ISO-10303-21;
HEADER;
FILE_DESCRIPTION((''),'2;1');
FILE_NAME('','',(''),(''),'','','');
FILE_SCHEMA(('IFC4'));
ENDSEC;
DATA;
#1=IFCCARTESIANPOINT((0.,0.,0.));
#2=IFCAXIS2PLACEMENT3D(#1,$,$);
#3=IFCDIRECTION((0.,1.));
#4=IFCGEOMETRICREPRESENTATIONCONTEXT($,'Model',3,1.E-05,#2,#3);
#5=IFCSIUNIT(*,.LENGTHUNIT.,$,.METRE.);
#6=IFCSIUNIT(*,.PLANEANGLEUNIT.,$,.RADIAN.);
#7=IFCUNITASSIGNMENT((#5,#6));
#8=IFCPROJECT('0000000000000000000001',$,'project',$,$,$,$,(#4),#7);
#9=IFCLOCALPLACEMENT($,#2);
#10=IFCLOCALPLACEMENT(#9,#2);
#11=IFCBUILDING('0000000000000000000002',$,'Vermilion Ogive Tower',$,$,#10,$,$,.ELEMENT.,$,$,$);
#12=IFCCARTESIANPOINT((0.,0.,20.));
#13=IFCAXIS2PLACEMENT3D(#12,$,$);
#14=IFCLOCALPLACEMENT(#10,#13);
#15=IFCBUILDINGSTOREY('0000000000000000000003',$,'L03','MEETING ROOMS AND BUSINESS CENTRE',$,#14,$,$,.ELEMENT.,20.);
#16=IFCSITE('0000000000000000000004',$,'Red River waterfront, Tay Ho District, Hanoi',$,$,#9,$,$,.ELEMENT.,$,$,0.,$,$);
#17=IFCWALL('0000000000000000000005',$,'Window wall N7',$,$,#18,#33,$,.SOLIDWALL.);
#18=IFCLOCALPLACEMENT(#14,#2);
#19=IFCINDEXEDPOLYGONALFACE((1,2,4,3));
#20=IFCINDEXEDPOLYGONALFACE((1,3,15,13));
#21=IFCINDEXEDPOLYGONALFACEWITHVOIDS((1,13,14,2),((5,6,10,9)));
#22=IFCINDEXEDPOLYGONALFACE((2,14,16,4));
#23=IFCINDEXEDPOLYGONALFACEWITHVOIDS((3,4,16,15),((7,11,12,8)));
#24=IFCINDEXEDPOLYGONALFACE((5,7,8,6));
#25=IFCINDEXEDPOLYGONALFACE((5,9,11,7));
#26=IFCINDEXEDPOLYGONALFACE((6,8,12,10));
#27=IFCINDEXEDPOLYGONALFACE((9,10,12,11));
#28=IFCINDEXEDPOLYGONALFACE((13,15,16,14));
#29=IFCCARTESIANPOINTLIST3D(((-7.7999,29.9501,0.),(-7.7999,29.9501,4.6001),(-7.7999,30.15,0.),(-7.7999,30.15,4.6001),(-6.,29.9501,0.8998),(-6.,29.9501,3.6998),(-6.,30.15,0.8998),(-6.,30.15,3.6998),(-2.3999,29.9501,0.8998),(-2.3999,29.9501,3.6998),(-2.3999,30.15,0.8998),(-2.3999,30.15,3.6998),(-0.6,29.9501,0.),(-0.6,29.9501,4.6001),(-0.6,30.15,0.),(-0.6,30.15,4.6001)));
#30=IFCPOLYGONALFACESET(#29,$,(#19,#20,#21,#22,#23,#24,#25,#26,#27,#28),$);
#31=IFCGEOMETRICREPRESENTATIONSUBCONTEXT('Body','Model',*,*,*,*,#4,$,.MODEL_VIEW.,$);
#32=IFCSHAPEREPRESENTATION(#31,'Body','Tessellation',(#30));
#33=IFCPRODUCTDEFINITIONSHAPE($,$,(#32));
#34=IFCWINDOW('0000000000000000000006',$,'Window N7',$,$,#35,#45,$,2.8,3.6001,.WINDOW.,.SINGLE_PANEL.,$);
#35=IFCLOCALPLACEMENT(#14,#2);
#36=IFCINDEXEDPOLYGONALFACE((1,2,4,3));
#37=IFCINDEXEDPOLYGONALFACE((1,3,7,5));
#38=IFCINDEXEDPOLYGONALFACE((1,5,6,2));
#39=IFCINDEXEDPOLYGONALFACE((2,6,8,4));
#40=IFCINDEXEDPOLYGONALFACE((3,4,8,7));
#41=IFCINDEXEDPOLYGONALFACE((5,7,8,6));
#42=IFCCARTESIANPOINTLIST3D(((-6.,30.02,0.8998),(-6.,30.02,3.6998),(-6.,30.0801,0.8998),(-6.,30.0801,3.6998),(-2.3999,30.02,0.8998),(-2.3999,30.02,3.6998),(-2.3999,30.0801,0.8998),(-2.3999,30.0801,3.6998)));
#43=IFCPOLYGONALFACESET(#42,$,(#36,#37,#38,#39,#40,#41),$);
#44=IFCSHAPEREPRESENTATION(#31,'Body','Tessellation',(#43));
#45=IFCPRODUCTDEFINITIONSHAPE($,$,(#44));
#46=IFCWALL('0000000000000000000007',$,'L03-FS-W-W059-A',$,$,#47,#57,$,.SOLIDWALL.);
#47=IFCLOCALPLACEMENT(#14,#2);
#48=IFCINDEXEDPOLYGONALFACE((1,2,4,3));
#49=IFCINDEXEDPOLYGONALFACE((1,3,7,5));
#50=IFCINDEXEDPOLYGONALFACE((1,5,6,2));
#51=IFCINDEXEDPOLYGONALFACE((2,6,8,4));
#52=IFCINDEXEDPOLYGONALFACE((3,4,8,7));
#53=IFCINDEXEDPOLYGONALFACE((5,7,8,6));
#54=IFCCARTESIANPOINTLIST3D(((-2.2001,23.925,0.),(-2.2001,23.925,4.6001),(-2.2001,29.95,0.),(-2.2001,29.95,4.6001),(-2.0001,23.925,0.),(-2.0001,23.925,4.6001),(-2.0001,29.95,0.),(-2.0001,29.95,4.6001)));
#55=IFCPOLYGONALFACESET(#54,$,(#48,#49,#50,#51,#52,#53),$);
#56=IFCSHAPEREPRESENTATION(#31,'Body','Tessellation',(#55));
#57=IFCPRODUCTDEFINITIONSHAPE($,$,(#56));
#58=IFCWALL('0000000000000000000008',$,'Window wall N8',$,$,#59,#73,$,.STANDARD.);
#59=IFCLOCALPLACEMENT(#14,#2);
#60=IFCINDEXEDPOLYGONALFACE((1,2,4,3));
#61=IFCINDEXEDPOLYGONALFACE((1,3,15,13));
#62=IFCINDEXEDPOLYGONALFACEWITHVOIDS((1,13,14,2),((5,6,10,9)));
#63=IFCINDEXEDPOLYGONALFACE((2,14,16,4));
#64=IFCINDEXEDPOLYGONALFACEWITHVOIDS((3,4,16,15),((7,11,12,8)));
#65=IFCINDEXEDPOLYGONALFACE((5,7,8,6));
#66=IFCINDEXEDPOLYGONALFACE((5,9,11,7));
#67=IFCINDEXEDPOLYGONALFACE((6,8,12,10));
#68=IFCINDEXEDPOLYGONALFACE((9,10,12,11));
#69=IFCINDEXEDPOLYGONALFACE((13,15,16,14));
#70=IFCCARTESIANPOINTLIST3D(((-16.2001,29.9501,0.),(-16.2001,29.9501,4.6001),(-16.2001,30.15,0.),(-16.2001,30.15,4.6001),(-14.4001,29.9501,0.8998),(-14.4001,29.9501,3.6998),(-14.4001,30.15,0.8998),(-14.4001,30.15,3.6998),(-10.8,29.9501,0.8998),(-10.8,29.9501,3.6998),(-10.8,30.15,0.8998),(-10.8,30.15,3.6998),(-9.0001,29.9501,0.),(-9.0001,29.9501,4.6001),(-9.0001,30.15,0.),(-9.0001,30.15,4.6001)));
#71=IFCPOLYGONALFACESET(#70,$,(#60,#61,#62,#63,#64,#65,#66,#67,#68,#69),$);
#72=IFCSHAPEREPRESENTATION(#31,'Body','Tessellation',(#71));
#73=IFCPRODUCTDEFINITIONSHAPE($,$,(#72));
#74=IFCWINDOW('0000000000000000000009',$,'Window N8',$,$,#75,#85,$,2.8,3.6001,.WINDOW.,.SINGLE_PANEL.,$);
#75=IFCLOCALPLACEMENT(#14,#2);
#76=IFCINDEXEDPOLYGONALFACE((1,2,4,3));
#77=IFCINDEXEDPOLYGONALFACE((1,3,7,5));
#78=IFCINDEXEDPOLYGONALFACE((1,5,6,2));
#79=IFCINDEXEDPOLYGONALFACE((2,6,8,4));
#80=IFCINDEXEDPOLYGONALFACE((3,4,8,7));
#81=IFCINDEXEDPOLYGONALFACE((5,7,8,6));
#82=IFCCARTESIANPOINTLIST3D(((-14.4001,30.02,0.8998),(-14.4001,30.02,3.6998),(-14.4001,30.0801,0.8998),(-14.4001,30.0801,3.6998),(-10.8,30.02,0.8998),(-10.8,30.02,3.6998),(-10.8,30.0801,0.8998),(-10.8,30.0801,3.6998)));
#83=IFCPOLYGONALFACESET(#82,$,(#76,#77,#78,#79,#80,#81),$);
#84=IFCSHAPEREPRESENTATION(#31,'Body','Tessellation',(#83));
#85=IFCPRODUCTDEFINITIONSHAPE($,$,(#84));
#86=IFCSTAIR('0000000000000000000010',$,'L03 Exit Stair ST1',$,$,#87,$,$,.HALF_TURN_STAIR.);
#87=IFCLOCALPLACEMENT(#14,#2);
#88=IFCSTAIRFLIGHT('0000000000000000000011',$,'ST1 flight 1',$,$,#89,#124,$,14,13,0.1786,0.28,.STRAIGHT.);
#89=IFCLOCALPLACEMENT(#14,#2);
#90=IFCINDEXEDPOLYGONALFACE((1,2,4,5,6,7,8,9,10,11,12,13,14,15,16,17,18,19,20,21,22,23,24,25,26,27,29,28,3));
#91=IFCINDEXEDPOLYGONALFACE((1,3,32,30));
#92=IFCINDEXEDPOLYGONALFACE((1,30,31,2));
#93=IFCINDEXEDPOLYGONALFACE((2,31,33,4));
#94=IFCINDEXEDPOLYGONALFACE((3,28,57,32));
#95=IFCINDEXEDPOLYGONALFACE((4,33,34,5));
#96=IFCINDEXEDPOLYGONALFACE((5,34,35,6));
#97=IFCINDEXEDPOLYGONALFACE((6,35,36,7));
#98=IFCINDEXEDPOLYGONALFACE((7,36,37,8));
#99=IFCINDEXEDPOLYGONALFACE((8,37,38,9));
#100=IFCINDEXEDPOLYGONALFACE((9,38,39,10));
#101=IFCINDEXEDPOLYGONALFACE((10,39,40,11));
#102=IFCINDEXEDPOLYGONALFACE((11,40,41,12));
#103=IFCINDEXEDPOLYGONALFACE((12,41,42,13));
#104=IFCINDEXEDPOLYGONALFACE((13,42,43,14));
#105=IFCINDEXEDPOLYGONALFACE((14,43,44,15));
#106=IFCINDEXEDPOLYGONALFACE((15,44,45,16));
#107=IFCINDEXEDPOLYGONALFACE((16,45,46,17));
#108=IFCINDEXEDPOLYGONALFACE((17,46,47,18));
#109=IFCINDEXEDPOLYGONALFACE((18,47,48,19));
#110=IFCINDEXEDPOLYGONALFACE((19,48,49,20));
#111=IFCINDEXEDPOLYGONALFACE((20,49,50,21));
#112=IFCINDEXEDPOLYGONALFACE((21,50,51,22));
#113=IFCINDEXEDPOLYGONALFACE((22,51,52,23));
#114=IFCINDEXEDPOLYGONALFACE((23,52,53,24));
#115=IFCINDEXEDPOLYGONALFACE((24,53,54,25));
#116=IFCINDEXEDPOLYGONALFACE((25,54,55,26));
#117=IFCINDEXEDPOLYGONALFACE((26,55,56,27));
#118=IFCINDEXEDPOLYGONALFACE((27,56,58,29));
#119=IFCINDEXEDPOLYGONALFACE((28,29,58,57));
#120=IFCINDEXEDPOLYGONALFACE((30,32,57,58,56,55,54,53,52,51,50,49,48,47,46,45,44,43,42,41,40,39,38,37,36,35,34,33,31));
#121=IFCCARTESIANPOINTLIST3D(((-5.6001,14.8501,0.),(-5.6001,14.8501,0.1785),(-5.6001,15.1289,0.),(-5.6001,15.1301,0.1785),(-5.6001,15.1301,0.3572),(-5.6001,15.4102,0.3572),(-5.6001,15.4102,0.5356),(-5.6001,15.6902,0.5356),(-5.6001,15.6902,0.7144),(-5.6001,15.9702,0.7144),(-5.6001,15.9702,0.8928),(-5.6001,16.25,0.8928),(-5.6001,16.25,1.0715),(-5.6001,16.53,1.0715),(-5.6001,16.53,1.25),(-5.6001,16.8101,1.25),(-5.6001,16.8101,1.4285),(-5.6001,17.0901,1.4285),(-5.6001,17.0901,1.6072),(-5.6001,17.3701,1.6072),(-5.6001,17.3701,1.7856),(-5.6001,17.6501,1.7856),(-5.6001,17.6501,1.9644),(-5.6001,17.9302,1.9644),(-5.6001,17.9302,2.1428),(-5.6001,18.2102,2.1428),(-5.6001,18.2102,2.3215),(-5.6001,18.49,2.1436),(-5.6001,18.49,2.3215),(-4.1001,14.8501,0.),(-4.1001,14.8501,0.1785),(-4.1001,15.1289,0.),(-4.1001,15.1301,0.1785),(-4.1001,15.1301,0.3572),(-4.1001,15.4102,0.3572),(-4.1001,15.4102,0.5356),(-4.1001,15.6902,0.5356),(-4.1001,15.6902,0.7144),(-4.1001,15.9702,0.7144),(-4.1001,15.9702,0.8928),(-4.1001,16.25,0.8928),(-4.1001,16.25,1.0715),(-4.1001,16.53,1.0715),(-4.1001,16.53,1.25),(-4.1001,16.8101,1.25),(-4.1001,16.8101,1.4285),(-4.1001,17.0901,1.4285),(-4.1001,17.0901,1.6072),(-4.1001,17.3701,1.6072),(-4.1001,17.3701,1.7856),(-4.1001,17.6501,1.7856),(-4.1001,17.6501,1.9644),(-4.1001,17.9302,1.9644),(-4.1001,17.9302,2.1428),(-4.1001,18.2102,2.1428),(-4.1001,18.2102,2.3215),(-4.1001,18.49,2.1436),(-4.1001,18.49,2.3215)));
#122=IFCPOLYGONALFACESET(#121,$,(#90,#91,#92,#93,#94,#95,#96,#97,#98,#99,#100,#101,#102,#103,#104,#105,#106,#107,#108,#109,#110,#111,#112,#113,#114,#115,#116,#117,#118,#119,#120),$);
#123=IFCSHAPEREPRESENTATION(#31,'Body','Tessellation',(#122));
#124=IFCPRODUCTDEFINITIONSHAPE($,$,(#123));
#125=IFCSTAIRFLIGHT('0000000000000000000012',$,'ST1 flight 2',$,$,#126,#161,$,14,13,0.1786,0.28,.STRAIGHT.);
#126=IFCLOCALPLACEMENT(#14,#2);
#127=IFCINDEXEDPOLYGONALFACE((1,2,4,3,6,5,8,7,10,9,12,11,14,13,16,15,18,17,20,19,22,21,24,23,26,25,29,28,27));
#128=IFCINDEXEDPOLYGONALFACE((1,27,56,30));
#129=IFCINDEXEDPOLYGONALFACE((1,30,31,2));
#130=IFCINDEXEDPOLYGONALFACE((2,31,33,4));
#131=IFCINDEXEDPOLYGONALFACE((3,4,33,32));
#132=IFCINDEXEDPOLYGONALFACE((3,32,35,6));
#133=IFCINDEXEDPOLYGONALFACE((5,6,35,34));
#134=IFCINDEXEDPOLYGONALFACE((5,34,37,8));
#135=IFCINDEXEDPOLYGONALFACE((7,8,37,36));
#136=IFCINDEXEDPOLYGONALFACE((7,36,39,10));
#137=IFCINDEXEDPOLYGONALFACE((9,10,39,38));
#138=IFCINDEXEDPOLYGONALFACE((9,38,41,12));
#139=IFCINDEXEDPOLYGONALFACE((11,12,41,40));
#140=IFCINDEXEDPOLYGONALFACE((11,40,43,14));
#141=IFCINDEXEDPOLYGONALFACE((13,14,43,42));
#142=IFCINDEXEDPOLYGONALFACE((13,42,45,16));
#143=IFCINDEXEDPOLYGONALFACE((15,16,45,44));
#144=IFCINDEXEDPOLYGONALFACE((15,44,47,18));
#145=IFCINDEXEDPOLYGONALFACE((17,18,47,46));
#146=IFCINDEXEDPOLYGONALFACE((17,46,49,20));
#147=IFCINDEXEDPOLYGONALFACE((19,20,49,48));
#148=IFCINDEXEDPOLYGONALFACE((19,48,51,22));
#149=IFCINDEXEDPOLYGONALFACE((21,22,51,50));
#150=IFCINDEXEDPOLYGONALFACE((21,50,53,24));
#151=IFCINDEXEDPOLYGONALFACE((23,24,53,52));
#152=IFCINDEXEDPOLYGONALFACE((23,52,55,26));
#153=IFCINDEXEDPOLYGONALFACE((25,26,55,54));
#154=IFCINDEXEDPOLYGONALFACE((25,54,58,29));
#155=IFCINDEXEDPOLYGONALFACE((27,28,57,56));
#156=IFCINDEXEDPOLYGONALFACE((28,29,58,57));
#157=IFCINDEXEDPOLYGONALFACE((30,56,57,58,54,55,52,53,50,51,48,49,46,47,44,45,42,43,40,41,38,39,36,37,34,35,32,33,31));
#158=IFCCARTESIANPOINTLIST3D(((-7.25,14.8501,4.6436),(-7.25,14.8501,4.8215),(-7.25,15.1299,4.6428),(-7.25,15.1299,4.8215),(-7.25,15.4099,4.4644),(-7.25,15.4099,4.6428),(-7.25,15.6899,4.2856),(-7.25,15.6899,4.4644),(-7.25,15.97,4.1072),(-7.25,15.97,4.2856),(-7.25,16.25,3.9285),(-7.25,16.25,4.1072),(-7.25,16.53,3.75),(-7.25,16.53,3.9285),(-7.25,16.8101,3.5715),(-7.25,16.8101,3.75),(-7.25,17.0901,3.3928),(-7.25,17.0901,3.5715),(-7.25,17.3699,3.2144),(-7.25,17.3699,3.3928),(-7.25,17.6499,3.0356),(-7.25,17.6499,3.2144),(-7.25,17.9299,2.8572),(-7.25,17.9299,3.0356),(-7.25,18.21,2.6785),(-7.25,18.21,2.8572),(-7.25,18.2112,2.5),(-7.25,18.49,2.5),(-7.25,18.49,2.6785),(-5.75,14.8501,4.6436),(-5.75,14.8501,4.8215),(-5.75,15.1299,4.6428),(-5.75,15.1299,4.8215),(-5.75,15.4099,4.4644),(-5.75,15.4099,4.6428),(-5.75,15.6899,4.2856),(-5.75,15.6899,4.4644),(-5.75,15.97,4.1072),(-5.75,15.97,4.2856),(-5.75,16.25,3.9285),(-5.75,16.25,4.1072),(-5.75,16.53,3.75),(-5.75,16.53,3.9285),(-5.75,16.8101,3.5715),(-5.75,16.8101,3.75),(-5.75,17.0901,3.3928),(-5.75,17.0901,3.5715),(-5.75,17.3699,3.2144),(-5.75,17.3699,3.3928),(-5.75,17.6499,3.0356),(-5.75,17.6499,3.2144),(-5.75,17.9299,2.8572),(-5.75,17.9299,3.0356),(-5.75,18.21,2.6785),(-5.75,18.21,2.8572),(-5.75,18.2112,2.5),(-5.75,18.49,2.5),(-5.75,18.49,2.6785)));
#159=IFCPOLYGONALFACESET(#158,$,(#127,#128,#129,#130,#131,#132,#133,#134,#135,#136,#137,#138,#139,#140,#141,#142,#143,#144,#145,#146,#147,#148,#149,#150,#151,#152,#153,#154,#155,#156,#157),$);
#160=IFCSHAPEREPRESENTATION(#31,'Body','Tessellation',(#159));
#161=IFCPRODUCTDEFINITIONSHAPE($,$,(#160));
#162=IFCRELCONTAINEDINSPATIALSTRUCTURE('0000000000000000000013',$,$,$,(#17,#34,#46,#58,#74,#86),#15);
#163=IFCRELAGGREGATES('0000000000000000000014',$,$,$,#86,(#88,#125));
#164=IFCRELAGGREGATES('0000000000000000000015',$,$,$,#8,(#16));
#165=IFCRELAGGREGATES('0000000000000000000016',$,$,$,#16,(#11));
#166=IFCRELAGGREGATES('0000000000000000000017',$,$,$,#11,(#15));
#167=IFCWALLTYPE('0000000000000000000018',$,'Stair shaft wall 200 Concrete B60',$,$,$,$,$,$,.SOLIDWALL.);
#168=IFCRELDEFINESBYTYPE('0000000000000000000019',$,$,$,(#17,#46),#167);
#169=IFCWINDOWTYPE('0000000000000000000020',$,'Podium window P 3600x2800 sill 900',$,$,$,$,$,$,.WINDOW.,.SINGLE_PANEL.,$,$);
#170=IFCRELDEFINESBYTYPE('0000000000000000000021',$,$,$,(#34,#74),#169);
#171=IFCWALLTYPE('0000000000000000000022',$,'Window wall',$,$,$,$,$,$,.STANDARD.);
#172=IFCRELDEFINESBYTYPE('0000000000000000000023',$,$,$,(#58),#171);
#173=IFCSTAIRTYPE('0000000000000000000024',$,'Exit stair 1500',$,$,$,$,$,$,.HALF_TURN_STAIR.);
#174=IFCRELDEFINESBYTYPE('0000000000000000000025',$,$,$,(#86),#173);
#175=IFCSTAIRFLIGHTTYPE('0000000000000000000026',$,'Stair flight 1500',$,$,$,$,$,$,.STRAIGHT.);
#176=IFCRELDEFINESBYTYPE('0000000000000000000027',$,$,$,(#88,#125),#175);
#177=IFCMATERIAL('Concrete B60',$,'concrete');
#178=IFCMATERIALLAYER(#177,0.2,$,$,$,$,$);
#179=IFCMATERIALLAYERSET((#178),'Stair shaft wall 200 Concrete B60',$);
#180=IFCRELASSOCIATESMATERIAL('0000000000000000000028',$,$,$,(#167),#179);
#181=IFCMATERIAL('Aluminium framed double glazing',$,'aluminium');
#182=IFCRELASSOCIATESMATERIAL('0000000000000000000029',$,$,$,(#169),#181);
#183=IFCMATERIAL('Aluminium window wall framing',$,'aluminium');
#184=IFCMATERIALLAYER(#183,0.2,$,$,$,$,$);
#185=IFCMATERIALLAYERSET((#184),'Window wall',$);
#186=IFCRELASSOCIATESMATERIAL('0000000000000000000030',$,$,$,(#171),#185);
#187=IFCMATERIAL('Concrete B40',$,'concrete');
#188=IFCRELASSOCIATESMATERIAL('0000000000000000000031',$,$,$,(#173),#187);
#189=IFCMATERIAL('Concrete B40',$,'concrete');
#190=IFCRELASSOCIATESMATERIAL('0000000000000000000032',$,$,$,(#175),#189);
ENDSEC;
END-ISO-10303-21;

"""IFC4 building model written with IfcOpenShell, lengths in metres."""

from ifc_helpers import new_model, si_unit, direction, frame, frame_2d, origin, place, context, subcontext, project, spatial, polyline, rectangle, outline, extrude, material, layer, layer_set, type_object, element, fill, aggregate, save


model = new_model("IFC4")

# Units and contexts
model_context = context("Model", 3, precision=1e-05, world=origin(), true_north=direction((0.0, 1.0)))
body_context = subcontext(model_context, "Body", "Model", "MODEL_VIEW")
ifc_project = project(units=[si_unit("LENGTHUNIT", "METRE"), si_unit("PLANEANGLEUNIT", "RADIAN")], contexts=[model_context])

# Site, building, storey
site_placement = place(None, origin())
site = spatial("IfcSite", under=ifc_project, at=site_placement, Name="Red River waterfront, Tay Ho District, Hanoi", CompositionType="ELEMENT", RefElevation=0.0)
building_placement = place(site_placement, origin())
building = spatial("IfcBuilding", under=site, at=building_placement, Name="Vermilion Ogive Tower", CompositionType="ELEMENT")
storey_placement = place(building_placement, frame((0.0, 0.0, 20.0)))
storey = spatial("IfcBuildingStorey", under=building, at=storey_placement, Name="L03", Description="MEETING ROOMS AND BUSINESS CENTRE", CompositionType="ELEMENT", Elevation=20.0)

# Shared definitions
ifc_material_1 = material(Name="Concrete B60", Category="concrete")
ifc_layer_1 = layer(ifc_material_1, 0.2)
ifc_layer_set_1 = layer_set([ifc_layer_1], Name="Stair shaft wall 200 Concrete B60")
wall_type_1 = type_object("IfcWallType", Name="Stair shaft wall 200 Concrete B60", PredefinedType="SOLIDWALL", material=ifc_layer_set_1)

# Wall, opening, window
wall_1_placement = place(storey_placement, frame((-7.8, 30.05, 0.0), z_axis=(0.0, 0.0, 1.0), x_axis=(1.0, 0.0, 0.0)))
wall_1 = element("IfcWall", 1, at=wall_1_placement, inside=storey, type_object=wall_type_1, Name="Window wall N7", PredefinedType="SOLIDWALL", context=body_context, shape_type="SweptSolid", body=[
    extrude(rectangle(XDim=7.2, YDim=0.2, at=frame_2d((3.6001, 0.0))), origin(), (0.0, 0.0, 1.0), 4.6001),
])
opening_1_placement = place(wall_1_placement, frame((1.8, 0.0, 0.8999)))
opening_1 = element("IfcOpeningElement", 2, at=opening_1_placement, cuts=wall_1, PredefinedType="OPENING", context=body_context, shape_type="SweptSolid", body=[
    extrude(rectangle(XDim=3.6001, YDim=2.8, at=frame_2d((1.8, 1.3999))), frame((0.0, 0.1099, 0.0), z_axis=(0.0, -1.0, 0.0), x_axis=(1.0, 0.0, 0.0)), (0.0, 0.0, 1.0), 0.22),
])
ifc_material_2 = material(Name="Aluminium framed double glazing", Category="aluminium")
window_type = type_object("IfcWindowType", Name="Podium window P 3600x2800 sill 900", PartitioningType="SINGLE_PANEL", PredefinedType="WINDOW", material=ifc_material_2)
window_1_placement = place(opening_1_placement, origin())
window_1 = element("IfcWindow", 3, at=window_1_placement, inside=storey, type_object=window_type, Name="Window N7", OverallHeight=2.8, OverallWidth=3.6001, PartitioningType="SINGLE_PANEL", PredefinedType="WINDOW", context=body_context, shape_type="SweptSolid", body=[
    extrude(rectangle(XDim=3.6001, YDim=2.8, at=frame_2d((1.8, 1.3999))), frame((0.0, 0.03, 0.0), z_axis=(0.0, -1.0, 0.0), x_axis=(1.0, 0.0, 0.0)), (0.0, 0.0, 1.0), 0.0601),
])
fill(opening_1, window_1)

# Wall
wall_2_placement = place(storey_placement, frame((-2.1001, 23.925, 0.0), z_axis=(0.0, 0.0, 1.0), x_axis=(0.0, 1.0, 0.0)))
element("IfcWall", 4, at=wall_2_placement, inside=storey, type_object=wall_type_1, Name="L03-FS-W-W059-A", PredefinedType="SOLIDWALL", context=body_context, shape_type="SweptSolid", body=[
    extrude(rectangle(XDim=6.0249, YDim=0.2, at=frame_2d((3.0125, 0.0))), origin(), (0.0, 0.0, 1.0), 4.6001),
])

# Wall, opening, window
ifc_material_3 = material(Name="Aluminium window wall framing", Category="aluminium")
ifc_layer_2 = layer(ifc_material_3, 0.2)
ifc_layer_set_2 = layer_set([ifc_layer_2], Name="Window wall")
wall_type_2 = type_object("IfcWallType", Name="Window wall", PredefinedType="STANDARD", material=ifc_layer_set_2)
wall_3_placement = place(storey_placement, frame((-9.0, 30.05, 0.0), z_axis=(0.0, 0.0, 1.0), x_axis=(-1.0, 0.0, 0.0)))
wall_3 = element("IfcWall", 5, at=wall_3_placement, inside=storey, type_object=wall_type_2, Name="Window wall N8", PredefinedType="STANDARD", context=body_context, shape_type="SweptSolid", body=[
    extrude(rectangle(XDim=7.2, YDim=0.2, at=frame_2d((3.6001, 0.0))), origin(), (0.0, 0.0, 1.0), 4.6001),
])
opening_2_placement = place(wall_3_placement, frame((1.8, 0.0, 0.8999)))
opening_2 = element("IfcOpeningElement", 6, at=opening_2_placement, cuts=wall_3, PredefinedType="OPENING", context=body_context, shape_type="SweptSolid", body=[
    extrude(rectangle(XDim=3.6001, YDim=2.8, at=frame_2d((1.8, 1.3999))), frame((0.0, 0.1099, 0.0), z_axis=(0.0, -1.0, 0.0), x_axis=(1.0, 0.0, 0.0)), (0.0, 0.0, 1.0), 0.22),
])
window_2_placement = place(opening_2_placement, origin())
window_2 = element("IfcWindow", 7, at=window_2_placement, inside=storey, type_object=window_type, Name="Window N8", OverallHeight=2.8, OverallWidth=3.6001, PartitioningType="SINGLE_PANEL", PredefinedType="WINDOW", context=body_context, shape_type="SweptSolid", body=[
    extrude(rectangle(XDim=3.6001, YDim=2.8, at=frame_2d((1.8, 1.3999))), frame((0.0, 0.03, 0.0), z_axis=(0.0, -1.0, 0.0), x_axis=(1.0, 0.0, 0.0)), (0.0, 0.0, 1.0), 0.0601),
])
fill(opening_2, window_2)

# Stair, stair flights
ifc_material_4 = material(Name="Concrete B40", Category="concrete")
stair_type = type_object("IfcStairType", Name="Exit stair 1500", PredefinedType="HALF_TURN_STAIR", material=ifc_material_4)
stair_placement = place(storey_placement, origin())
stair = element("IfcStair", 8, at=stair_placement, inside=storey, type_object=stair_type, Name="L03 Exit Stair ST1", PredefinedType="HALF_TURN_STAIR")
ifc_material_5 = material(Name="Concrete B40", Category="concrete")
stair_flight_type = type_object("IfcStairFlightType", Name="Stair flight 1500", PredefinedType="STRAIGHT", material=ifc_material_5)
stair_flight_1_placement = place(storey_placement, frame((-4.8501, 14.8501, 0.0), z_axis=(0.0, 0.0, 1.0), x_axis=(0.0, 1.0, 0.0)))
stair_flight_1 = element("IfcStairFlight", 9, at=stair_flight_1_placement, type_object=stair_flight_type, Name="ST1 flight 1", NumberOfRisers=14, NumberOfTreads=13, PredefinedType="STRAIGHT", RiserHeight=0.1786, TreadLength=0.28, context=body_context, shape_type="SweptSolid", body=[
    extrude(outline(polyline([(0.0, 0.0), (0.0, 0.1785), (0.28, 0.1785), (0.28, 0.3572), (0.5601, 0.3572), (0.5601, 0.5356), (0.8401, 0.5356), (0.8401, 0.7144), (1.1201, 0.7144), (1.1201, 0.8928), (1.3999, 0.8928), (1.3999, 1.0715), (1.6799, 1.0715), (1.6799, 1.25), (1.96, 1.25), (1.96, 1.4285), (2.24, 1.4285), (2.24, 1.6072), (2.52, 1.6072), (2.52, 1.7856), (2.8, 1.7856), (2.8, 1.9644), (3.0801, 1.9644), (3.0801, 2.1428), (3.3601, 2.1428), (3.3601, 2.3215), (3.6399, 2.3215), (3.6399, 2.5), (3.6399, 2.1436), (0.2788, 0.0), (0.0, 0.0)])), frame((0.0, 0.75, 0.0), z_axis=(0.0, -1.0, 0.0), x_axis=(1.0, 0.0, 0.0)), (0.0, 0.0, 1.0), 1.5),
])
stair_flight_2_placement = place(storey_placement, frame((-6.5, 18.49, 2.5), z_axis=(0.0, 0.0, 1.0), x_axis=(0.0, -1.0, 0.0)))
stair_flight_2 = element("IfcStairFlight", 10, at=stair_flight_2_placement, type_object=stair_flight_type, Name="ST1 flight 2", NumberOfRisers=14, NumberOfTreads=13, PredefinedType="STRAIGHT", RiserHeight=0.1786, TreadLength=0.28, context=body_context, shape_type="SweptSolid", body=[
    extrude(outline(polyline([(0.0, 0.0), (0.0, 0.1785), (0.28, 0.1785), (0.28, 0.3572), (0.5601, 0.3572), (0.5601, 0.5356), (0.8401, 0.5356), (0.8401, 0.7144), (1.1201, 0.7144), (1.1201, 0.8928), (1.3999, 0.8928), (1.3999, 1.0715), (1.6799, 1.0715), (1.6799, 1.25), (1.96, 1.25), (1.96, 1.4285), (2.24, 1.4285), (2.24, 1.6072), (2.52, 1.6072), (2.52, 1.7856), (2.8, 1.7856), (2.8, 1.9644), (3.0801, 1.9644), (3.0801, 2.1428), (3.3601, 2.1428), (3.3601, 2.3215), (3.6399, 2.3215), (3.6399, 2.5), (3.6399, 2.1436), (0.2788, 0.0), (0.0, 0.0)])), frame((0.0, 0.75, 0.0), z_axis=(0.0, -1.0, 0.0), x_axis=(1.0, 0.0, 0.0)), (0.0, 0.0, 1.0), 1.5),
])
aggregate(stair, [stair_flight_1, stair_flight_2])

save(model, "model.ifc")
